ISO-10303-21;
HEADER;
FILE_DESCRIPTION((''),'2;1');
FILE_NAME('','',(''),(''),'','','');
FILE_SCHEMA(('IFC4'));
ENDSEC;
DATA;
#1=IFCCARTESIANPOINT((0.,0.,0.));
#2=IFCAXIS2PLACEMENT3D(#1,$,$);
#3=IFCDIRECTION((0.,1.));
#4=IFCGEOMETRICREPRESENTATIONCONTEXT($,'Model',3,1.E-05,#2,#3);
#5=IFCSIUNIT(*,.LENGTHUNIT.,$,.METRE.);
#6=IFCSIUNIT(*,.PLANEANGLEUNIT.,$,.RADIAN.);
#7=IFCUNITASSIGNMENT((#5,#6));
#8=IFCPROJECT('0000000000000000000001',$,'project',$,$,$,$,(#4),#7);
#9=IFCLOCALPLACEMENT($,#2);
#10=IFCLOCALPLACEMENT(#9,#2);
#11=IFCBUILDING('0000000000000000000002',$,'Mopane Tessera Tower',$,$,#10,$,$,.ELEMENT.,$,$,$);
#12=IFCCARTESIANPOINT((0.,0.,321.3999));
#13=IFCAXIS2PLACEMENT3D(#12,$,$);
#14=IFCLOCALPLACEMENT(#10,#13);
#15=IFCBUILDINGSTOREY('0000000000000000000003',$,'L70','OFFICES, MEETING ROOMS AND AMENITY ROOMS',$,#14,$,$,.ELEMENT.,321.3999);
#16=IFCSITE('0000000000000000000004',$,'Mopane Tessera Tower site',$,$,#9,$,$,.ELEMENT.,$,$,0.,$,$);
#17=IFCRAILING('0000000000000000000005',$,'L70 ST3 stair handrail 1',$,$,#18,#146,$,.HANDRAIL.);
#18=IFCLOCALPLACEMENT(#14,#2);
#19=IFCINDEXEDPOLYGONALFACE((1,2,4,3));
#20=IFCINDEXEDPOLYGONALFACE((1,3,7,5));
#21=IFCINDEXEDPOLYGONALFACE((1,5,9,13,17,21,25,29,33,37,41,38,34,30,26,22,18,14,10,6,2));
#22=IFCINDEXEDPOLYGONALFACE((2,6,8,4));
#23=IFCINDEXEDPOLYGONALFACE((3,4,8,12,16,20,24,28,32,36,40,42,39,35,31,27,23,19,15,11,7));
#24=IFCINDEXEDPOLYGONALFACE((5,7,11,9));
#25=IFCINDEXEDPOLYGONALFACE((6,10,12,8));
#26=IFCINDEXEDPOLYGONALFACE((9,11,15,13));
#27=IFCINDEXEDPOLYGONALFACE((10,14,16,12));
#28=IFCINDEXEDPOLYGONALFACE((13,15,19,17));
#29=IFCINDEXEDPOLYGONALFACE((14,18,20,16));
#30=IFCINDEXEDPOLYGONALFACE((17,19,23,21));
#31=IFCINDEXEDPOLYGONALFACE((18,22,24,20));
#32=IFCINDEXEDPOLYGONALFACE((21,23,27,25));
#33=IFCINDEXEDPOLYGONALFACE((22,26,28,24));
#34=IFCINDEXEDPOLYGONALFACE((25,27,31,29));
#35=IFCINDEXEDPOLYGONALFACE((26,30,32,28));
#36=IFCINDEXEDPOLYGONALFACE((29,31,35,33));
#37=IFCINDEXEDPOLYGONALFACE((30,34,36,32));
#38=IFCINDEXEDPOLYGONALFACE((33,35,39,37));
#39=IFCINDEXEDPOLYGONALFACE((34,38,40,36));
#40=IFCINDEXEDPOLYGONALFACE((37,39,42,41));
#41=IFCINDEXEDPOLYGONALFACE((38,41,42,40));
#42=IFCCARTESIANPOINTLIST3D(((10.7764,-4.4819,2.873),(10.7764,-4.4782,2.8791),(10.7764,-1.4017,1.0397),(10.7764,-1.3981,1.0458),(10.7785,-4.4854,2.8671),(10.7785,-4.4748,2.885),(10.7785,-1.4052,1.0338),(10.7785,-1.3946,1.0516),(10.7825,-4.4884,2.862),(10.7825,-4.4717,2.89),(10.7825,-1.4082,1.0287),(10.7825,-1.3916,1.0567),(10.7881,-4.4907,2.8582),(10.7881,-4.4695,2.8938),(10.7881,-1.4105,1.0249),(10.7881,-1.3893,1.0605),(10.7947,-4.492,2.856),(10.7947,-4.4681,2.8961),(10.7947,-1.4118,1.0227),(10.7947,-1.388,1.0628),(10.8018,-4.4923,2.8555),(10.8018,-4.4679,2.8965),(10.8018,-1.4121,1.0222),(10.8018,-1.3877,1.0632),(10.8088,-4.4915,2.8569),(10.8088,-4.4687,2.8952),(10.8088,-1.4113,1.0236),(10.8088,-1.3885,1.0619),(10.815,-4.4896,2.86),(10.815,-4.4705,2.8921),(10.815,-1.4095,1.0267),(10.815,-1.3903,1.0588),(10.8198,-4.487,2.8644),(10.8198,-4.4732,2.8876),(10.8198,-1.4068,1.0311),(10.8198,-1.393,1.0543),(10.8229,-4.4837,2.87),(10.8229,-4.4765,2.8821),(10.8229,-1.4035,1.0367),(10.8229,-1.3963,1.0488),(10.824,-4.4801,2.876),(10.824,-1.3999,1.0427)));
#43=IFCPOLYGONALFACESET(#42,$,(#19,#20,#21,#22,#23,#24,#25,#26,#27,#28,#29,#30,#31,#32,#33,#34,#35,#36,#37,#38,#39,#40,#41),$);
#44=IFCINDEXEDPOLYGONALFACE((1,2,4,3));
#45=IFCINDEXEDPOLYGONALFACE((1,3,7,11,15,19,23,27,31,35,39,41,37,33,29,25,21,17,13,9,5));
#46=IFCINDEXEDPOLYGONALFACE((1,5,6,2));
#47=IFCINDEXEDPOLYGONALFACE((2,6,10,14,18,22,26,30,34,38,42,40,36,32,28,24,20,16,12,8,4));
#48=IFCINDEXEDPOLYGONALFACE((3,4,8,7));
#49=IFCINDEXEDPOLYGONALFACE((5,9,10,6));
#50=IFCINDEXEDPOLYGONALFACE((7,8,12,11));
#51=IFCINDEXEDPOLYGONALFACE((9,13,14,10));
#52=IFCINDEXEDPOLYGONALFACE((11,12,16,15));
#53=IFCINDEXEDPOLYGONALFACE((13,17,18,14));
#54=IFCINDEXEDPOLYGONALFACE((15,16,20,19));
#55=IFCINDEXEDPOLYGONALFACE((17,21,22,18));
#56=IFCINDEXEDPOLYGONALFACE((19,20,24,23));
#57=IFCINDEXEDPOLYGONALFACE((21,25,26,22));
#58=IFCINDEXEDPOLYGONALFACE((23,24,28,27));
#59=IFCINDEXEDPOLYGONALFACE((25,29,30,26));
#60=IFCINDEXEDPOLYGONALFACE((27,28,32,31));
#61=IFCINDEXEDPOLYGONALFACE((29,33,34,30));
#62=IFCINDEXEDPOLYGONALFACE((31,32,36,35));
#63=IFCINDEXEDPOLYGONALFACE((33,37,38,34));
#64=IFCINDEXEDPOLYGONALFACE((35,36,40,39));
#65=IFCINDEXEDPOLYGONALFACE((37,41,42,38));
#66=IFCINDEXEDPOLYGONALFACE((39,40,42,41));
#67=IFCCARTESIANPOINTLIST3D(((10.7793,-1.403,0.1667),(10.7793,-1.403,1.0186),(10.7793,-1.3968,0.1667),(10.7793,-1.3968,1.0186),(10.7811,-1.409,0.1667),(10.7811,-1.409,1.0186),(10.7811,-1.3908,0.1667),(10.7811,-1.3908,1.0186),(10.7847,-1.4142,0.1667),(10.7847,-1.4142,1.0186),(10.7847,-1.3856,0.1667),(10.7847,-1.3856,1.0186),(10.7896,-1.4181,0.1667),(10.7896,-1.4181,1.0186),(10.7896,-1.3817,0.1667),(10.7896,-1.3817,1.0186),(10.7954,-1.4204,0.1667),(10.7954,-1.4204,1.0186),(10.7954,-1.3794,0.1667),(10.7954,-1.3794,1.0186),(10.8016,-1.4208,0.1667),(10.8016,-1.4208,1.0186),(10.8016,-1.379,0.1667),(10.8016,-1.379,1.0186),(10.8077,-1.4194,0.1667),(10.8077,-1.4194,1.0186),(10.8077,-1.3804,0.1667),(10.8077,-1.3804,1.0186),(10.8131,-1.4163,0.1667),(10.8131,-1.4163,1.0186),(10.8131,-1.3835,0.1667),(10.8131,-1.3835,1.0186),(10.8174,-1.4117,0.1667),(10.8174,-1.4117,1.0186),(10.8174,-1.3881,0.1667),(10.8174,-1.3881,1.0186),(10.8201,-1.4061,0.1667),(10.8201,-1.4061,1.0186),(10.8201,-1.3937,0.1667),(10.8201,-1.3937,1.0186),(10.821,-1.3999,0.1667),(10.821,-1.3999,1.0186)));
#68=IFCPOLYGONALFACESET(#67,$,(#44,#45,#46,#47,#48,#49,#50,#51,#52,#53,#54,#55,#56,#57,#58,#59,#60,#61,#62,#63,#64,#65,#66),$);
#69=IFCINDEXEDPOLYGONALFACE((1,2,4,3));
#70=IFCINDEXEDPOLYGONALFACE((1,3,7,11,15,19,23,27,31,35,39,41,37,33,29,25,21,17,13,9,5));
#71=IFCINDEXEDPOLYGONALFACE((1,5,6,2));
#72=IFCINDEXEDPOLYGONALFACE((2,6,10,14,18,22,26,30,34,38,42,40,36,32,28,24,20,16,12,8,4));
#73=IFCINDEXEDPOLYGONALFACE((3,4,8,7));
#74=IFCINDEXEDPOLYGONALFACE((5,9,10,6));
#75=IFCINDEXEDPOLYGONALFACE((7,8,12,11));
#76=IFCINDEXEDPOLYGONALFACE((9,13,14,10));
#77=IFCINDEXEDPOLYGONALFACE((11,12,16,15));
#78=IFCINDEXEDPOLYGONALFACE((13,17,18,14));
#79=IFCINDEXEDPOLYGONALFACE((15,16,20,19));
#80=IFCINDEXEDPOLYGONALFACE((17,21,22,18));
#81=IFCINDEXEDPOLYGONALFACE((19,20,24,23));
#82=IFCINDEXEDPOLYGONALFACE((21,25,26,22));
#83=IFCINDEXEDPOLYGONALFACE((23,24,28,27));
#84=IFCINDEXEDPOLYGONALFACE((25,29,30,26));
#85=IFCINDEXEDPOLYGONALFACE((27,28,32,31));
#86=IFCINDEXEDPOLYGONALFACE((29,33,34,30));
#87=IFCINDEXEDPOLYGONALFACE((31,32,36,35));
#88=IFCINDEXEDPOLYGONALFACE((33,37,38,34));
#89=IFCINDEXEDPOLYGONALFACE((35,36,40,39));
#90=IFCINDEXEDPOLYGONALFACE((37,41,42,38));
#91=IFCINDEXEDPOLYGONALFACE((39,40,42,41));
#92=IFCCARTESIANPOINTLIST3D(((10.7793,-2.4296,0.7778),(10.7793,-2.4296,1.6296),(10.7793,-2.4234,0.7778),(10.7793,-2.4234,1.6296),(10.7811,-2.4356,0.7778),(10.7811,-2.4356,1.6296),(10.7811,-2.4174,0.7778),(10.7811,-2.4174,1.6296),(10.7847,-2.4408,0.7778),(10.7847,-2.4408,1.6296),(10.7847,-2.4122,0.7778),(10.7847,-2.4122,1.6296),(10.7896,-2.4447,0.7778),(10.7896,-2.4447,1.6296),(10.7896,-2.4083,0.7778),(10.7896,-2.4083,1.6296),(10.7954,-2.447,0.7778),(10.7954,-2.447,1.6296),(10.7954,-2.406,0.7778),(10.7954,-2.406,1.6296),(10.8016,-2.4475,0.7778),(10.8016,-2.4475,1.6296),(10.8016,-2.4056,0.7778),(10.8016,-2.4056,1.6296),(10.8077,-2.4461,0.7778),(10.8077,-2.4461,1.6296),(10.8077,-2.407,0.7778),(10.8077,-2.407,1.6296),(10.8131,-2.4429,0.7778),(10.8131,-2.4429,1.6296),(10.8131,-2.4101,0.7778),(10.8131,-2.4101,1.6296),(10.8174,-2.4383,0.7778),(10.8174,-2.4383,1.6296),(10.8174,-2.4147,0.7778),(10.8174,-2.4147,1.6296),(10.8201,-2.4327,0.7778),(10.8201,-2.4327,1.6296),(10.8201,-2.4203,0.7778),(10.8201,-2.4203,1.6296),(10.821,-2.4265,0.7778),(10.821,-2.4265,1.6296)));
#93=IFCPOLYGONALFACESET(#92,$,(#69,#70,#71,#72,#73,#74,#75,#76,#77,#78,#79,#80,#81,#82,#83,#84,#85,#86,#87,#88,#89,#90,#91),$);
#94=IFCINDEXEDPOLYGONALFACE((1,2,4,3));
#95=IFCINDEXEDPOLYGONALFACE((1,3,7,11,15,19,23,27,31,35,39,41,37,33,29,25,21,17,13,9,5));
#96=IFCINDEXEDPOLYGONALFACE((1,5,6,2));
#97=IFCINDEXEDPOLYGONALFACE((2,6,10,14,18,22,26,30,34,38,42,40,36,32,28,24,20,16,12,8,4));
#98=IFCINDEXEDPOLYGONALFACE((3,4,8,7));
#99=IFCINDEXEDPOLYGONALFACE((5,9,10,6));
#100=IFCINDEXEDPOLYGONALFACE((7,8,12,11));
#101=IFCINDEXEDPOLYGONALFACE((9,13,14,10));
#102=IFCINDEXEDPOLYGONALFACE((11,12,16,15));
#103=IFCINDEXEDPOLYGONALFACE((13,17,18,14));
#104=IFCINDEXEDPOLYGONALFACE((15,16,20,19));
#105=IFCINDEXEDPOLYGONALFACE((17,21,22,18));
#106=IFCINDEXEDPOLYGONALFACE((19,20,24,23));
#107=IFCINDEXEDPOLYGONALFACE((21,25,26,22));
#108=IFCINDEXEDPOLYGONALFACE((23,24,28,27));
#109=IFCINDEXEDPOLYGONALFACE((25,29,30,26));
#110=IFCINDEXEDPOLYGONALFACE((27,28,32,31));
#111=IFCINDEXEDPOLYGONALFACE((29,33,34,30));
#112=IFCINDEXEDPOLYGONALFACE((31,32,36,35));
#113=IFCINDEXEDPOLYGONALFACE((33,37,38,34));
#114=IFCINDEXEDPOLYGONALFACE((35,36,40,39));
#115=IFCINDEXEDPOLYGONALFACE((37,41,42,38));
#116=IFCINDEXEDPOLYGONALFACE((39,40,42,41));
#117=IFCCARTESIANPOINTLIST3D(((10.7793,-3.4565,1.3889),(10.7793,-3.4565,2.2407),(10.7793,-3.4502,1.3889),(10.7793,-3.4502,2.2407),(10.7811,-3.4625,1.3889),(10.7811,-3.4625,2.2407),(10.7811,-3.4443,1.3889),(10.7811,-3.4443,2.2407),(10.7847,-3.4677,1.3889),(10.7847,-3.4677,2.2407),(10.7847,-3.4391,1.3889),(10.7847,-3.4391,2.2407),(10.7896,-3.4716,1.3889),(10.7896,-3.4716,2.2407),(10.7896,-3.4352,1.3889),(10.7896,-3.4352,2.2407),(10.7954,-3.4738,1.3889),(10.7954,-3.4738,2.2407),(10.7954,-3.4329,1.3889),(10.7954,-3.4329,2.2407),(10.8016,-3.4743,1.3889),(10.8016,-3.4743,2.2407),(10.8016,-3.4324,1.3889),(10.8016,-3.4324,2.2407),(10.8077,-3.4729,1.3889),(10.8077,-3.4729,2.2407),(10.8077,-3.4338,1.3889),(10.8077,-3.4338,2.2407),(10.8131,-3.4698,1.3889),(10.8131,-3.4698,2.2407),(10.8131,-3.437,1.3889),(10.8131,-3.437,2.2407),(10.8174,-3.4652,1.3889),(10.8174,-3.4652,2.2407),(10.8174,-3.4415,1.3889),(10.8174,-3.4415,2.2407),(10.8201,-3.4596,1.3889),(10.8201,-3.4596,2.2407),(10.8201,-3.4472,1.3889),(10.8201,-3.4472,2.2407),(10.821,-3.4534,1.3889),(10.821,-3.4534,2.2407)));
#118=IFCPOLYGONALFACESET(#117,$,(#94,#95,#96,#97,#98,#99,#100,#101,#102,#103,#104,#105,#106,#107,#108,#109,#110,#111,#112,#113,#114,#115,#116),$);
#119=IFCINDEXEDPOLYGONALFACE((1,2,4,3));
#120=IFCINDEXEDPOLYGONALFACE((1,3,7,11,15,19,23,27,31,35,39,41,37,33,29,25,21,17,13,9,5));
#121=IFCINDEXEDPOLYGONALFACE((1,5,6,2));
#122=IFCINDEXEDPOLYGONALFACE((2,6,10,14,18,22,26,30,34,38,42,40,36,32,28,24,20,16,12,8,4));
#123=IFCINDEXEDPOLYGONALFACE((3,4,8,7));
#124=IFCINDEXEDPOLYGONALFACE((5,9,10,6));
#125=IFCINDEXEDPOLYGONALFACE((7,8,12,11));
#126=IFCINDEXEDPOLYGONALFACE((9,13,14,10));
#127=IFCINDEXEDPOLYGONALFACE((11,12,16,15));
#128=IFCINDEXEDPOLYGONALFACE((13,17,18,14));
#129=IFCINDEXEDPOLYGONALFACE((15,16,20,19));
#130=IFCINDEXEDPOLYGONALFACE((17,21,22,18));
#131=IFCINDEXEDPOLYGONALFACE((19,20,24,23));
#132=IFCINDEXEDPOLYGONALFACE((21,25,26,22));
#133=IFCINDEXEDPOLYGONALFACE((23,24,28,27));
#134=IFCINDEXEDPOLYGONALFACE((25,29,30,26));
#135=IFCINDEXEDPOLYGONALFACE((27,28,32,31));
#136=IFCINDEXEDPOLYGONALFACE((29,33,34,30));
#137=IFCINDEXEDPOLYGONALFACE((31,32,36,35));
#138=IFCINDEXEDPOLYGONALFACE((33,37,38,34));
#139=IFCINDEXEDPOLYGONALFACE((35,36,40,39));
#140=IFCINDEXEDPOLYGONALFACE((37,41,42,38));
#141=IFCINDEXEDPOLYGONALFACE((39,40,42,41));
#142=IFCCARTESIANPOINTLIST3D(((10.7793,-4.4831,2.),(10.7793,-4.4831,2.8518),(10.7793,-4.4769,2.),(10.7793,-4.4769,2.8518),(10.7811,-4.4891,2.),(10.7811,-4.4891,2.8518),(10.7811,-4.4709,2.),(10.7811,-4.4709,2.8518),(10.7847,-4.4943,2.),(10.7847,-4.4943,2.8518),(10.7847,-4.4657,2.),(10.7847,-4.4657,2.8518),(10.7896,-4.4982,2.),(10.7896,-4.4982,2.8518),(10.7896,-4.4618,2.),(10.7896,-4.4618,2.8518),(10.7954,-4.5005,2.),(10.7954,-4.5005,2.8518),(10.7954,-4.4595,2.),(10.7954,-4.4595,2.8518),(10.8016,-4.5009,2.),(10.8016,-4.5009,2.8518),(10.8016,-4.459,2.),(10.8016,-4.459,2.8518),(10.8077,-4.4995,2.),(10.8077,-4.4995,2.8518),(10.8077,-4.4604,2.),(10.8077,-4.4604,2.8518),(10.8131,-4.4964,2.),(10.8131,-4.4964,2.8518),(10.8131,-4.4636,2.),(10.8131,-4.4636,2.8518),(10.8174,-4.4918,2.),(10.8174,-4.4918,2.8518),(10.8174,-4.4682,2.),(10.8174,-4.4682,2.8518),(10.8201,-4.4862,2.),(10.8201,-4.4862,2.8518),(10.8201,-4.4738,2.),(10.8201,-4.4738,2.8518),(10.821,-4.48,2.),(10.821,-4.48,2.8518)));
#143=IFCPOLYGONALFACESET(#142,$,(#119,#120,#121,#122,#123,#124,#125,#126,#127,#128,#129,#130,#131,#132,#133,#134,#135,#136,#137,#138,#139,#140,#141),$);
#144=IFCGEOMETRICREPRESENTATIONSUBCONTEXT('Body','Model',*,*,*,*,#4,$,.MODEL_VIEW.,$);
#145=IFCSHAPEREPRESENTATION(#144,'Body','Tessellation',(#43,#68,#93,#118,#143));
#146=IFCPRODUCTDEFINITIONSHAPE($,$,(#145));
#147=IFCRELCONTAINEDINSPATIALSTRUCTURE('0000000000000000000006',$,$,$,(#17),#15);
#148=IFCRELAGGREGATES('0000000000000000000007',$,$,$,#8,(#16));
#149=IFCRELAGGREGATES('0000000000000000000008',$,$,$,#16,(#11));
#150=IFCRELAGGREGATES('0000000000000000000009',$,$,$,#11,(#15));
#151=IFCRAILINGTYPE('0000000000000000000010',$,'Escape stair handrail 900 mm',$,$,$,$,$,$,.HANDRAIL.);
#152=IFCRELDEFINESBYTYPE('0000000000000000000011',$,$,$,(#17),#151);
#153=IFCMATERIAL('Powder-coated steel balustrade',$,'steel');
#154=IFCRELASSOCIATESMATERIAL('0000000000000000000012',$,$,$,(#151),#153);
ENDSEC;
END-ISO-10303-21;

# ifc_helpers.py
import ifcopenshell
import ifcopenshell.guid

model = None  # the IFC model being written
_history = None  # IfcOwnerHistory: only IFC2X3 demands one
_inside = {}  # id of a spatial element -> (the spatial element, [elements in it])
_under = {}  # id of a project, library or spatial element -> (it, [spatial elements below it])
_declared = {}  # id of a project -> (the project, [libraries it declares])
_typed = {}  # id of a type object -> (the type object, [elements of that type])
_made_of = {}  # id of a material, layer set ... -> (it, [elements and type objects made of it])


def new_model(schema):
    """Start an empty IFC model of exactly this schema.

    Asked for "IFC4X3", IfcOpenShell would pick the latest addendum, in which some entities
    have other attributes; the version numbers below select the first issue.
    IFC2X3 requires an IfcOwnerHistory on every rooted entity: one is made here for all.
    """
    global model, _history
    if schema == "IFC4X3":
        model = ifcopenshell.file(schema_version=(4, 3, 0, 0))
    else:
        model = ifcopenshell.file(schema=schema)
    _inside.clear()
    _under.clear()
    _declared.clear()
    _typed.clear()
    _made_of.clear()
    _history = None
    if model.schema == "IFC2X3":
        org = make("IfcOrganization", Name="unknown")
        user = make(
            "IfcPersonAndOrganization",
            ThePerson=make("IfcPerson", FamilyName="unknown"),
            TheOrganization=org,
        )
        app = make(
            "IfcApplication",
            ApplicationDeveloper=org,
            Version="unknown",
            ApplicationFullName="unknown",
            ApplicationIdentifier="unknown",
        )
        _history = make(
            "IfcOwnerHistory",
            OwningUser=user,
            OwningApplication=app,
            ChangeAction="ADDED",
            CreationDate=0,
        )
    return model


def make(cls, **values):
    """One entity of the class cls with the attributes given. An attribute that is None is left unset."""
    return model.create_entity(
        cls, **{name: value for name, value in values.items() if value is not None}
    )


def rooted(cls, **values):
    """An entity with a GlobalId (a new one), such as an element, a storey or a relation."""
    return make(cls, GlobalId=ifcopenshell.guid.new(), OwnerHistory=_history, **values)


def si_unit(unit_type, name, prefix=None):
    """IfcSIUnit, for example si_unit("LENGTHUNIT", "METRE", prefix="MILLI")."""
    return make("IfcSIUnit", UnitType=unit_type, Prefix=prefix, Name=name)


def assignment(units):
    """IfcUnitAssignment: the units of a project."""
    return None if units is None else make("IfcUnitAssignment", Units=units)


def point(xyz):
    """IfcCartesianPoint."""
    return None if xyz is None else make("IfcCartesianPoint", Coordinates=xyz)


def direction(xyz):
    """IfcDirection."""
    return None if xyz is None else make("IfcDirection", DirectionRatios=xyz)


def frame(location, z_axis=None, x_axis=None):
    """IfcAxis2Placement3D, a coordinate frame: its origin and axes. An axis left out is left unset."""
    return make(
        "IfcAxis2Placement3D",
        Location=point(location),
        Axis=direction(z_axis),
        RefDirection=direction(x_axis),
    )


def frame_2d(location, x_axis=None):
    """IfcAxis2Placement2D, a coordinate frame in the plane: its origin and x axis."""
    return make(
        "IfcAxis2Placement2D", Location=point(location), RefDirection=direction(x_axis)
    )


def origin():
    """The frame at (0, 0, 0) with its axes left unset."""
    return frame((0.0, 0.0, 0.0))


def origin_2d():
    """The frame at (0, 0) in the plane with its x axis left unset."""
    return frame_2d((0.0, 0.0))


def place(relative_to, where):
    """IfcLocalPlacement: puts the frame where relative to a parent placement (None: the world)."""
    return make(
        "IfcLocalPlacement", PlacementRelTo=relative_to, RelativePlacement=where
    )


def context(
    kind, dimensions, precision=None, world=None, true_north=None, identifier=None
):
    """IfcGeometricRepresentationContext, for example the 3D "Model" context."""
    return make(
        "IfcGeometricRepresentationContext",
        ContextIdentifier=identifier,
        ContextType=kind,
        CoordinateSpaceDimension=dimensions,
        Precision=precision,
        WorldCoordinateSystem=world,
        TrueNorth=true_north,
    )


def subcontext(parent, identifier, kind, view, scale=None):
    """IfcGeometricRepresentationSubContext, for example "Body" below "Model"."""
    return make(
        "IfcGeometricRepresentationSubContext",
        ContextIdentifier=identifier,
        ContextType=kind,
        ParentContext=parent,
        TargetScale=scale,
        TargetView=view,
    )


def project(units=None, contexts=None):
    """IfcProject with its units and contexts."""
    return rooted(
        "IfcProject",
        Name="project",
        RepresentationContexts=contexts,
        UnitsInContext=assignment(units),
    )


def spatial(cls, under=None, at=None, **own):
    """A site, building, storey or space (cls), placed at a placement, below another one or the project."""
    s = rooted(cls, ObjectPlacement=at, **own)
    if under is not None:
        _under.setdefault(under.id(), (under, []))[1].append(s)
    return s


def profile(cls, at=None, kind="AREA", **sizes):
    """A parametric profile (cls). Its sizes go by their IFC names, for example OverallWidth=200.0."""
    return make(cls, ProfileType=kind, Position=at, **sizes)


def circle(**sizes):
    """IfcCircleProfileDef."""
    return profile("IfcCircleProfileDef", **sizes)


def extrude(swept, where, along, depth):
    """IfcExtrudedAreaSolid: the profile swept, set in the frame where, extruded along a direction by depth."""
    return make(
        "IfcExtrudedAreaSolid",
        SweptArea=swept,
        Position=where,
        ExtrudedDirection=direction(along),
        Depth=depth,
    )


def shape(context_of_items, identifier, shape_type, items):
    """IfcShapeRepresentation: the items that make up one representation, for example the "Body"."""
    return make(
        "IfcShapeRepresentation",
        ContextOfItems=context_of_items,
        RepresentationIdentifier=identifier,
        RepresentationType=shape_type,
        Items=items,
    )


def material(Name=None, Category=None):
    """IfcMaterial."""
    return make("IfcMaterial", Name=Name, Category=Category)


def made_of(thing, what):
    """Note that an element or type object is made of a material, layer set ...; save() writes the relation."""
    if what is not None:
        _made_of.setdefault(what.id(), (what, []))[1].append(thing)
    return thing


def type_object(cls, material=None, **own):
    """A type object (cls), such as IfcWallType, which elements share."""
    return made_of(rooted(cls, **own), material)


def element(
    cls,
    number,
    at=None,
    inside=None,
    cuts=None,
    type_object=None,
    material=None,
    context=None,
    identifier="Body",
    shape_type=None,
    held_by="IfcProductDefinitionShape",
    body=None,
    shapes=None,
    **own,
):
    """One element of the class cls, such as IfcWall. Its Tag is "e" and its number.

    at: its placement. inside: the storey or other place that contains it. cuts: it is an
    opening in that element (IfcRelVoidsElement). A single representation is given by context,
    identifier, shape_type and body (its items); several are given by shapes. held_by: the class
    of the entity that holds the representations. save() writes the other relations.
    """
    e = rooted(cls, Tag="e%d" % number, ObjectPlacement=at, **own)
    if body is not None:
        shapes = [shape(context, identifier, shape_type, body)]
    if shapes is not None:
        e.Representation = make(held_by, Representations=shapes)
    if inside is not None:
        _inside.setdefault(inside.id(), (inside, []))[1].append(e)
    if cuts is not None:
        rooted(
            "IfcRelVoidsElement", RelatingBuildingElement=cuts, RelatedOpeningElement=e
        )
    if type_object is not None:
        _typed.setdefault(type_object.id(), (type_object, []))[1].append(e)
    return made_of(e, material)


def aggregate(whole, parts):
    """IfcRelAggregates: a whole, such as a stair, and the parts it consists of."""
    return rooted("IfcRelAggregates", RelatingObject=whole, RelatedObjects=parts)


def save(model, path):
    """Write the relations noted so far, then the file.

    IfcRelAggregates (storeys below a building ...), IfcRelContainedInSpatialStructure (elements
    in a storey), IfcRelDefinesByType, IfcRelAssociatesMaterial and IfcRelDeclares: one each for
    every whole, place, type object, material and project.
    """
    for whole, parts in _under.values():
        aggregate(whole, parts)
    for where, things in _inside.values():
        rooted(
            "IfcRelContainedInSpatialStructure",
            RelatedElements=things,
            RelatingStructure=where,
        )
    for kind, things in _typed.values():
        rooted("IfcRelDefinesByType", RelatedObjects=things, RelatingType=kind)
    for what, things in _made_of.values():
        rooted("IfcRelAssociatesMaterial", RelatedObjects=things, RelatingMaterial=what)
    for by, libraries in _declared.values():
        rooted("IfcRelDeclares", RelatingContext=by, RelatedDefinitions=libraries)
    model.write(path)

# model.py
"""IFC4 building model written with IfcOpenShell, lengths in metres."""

from ifc_helpers import new_model, si_unit, direction, frame, origin, origin_2d, place, context, subcontext, project, spatial, circle, extrude, material, type_object, element, save


model = new_model("IFC4")

# Units and contexts
model_context = context("Model", 3, precision=1e-05, world=origin(), true_north=direction((0.0, 1.0)))
body_context = subcontext(model_context, "Body", "Model", "MODEL_VIEW")
ifc_project = project(units=[si_unit("LENGTHUNIT", "METRE"), si_unit("PLANEANGLEUNIT", "RADIAN")], contexts=[model_context])

# Site, building, storey
site_placement = place(None, origin())
site = spatial("IfcSite", under=ifc_project, at=site_placement, Name="Mopane Tessera Tower site", CompositionType="ELEMENT", RefElevation=0.0)
building_placement = place(site_placement, origin())
building = spatial("IfcBuilding", under=site, at=building_placement, Name="Mopane Tessera Tower", CompositionType="ELEMENT")
storey_placement = place(building_placement, frame((0.0, 0.0, 321.3999)))
storey = spatial("IfcBuildingStorey", under=building, at=storey_placement, Name="L70", Description="OFFICES, MEETING ROOMS AND AMENITY ROOMS", CompositionType="ELEMENT", Elevation=321.3999)

# Railing
ifc_material_1 = material(Name="Powder-coated steel balustrade", Category="steel")
railing_type_1 = type_object("IfcRailingType", Name="Escape stair handrail 900 mm", PredefinedType="HANDRAIL", material=ifc_material_1)
railing_1_placement = place(storey_placement, frame((10.8, -1.3999, 0.1667)))
element("IfcRailing", 1, at=railing_1_placement, inside=storey, type_object=railing_type_1, Name="L70 ST3 stair handrail 1", PredefinedType="HANDRAIL", context=body_context, shape_type="SweptSolid", body=[
    extrude(circle(Radius=0.0239, at=origin_2d()), frame((0.0, 0.0, 0.876), z_axis=(0.0, -0.859309, 0.511458), x_axis=(1.0, 0.0, 0.0)), (0.0, 0.0, 1.0), 3.5845),
    extrude(circle(Radius=0.021, at=origin_2d()), origin(), (0.0, 0.0, 1.0), 0.8518),
    extrude(circle(Radius=0.021, at=origin_2d()), frame((0.0, -1.0266, 0.6111)), (0.0, 0.0, 1.0), 0.8518),
    extrude(circle(Radius=0.021, at=origin_2d()), frame((0.0, -2.0535, 1.2222)), (0.0, 0.0, 1.0), 0.8518),
    extrude(circle(Radius=0.021, at=origin_2d()), frame((0.0, -3.0801, 1.8333)), (0.0, 0.0, 1.0), 0.8518),
])

save(model, "model.ifc")
